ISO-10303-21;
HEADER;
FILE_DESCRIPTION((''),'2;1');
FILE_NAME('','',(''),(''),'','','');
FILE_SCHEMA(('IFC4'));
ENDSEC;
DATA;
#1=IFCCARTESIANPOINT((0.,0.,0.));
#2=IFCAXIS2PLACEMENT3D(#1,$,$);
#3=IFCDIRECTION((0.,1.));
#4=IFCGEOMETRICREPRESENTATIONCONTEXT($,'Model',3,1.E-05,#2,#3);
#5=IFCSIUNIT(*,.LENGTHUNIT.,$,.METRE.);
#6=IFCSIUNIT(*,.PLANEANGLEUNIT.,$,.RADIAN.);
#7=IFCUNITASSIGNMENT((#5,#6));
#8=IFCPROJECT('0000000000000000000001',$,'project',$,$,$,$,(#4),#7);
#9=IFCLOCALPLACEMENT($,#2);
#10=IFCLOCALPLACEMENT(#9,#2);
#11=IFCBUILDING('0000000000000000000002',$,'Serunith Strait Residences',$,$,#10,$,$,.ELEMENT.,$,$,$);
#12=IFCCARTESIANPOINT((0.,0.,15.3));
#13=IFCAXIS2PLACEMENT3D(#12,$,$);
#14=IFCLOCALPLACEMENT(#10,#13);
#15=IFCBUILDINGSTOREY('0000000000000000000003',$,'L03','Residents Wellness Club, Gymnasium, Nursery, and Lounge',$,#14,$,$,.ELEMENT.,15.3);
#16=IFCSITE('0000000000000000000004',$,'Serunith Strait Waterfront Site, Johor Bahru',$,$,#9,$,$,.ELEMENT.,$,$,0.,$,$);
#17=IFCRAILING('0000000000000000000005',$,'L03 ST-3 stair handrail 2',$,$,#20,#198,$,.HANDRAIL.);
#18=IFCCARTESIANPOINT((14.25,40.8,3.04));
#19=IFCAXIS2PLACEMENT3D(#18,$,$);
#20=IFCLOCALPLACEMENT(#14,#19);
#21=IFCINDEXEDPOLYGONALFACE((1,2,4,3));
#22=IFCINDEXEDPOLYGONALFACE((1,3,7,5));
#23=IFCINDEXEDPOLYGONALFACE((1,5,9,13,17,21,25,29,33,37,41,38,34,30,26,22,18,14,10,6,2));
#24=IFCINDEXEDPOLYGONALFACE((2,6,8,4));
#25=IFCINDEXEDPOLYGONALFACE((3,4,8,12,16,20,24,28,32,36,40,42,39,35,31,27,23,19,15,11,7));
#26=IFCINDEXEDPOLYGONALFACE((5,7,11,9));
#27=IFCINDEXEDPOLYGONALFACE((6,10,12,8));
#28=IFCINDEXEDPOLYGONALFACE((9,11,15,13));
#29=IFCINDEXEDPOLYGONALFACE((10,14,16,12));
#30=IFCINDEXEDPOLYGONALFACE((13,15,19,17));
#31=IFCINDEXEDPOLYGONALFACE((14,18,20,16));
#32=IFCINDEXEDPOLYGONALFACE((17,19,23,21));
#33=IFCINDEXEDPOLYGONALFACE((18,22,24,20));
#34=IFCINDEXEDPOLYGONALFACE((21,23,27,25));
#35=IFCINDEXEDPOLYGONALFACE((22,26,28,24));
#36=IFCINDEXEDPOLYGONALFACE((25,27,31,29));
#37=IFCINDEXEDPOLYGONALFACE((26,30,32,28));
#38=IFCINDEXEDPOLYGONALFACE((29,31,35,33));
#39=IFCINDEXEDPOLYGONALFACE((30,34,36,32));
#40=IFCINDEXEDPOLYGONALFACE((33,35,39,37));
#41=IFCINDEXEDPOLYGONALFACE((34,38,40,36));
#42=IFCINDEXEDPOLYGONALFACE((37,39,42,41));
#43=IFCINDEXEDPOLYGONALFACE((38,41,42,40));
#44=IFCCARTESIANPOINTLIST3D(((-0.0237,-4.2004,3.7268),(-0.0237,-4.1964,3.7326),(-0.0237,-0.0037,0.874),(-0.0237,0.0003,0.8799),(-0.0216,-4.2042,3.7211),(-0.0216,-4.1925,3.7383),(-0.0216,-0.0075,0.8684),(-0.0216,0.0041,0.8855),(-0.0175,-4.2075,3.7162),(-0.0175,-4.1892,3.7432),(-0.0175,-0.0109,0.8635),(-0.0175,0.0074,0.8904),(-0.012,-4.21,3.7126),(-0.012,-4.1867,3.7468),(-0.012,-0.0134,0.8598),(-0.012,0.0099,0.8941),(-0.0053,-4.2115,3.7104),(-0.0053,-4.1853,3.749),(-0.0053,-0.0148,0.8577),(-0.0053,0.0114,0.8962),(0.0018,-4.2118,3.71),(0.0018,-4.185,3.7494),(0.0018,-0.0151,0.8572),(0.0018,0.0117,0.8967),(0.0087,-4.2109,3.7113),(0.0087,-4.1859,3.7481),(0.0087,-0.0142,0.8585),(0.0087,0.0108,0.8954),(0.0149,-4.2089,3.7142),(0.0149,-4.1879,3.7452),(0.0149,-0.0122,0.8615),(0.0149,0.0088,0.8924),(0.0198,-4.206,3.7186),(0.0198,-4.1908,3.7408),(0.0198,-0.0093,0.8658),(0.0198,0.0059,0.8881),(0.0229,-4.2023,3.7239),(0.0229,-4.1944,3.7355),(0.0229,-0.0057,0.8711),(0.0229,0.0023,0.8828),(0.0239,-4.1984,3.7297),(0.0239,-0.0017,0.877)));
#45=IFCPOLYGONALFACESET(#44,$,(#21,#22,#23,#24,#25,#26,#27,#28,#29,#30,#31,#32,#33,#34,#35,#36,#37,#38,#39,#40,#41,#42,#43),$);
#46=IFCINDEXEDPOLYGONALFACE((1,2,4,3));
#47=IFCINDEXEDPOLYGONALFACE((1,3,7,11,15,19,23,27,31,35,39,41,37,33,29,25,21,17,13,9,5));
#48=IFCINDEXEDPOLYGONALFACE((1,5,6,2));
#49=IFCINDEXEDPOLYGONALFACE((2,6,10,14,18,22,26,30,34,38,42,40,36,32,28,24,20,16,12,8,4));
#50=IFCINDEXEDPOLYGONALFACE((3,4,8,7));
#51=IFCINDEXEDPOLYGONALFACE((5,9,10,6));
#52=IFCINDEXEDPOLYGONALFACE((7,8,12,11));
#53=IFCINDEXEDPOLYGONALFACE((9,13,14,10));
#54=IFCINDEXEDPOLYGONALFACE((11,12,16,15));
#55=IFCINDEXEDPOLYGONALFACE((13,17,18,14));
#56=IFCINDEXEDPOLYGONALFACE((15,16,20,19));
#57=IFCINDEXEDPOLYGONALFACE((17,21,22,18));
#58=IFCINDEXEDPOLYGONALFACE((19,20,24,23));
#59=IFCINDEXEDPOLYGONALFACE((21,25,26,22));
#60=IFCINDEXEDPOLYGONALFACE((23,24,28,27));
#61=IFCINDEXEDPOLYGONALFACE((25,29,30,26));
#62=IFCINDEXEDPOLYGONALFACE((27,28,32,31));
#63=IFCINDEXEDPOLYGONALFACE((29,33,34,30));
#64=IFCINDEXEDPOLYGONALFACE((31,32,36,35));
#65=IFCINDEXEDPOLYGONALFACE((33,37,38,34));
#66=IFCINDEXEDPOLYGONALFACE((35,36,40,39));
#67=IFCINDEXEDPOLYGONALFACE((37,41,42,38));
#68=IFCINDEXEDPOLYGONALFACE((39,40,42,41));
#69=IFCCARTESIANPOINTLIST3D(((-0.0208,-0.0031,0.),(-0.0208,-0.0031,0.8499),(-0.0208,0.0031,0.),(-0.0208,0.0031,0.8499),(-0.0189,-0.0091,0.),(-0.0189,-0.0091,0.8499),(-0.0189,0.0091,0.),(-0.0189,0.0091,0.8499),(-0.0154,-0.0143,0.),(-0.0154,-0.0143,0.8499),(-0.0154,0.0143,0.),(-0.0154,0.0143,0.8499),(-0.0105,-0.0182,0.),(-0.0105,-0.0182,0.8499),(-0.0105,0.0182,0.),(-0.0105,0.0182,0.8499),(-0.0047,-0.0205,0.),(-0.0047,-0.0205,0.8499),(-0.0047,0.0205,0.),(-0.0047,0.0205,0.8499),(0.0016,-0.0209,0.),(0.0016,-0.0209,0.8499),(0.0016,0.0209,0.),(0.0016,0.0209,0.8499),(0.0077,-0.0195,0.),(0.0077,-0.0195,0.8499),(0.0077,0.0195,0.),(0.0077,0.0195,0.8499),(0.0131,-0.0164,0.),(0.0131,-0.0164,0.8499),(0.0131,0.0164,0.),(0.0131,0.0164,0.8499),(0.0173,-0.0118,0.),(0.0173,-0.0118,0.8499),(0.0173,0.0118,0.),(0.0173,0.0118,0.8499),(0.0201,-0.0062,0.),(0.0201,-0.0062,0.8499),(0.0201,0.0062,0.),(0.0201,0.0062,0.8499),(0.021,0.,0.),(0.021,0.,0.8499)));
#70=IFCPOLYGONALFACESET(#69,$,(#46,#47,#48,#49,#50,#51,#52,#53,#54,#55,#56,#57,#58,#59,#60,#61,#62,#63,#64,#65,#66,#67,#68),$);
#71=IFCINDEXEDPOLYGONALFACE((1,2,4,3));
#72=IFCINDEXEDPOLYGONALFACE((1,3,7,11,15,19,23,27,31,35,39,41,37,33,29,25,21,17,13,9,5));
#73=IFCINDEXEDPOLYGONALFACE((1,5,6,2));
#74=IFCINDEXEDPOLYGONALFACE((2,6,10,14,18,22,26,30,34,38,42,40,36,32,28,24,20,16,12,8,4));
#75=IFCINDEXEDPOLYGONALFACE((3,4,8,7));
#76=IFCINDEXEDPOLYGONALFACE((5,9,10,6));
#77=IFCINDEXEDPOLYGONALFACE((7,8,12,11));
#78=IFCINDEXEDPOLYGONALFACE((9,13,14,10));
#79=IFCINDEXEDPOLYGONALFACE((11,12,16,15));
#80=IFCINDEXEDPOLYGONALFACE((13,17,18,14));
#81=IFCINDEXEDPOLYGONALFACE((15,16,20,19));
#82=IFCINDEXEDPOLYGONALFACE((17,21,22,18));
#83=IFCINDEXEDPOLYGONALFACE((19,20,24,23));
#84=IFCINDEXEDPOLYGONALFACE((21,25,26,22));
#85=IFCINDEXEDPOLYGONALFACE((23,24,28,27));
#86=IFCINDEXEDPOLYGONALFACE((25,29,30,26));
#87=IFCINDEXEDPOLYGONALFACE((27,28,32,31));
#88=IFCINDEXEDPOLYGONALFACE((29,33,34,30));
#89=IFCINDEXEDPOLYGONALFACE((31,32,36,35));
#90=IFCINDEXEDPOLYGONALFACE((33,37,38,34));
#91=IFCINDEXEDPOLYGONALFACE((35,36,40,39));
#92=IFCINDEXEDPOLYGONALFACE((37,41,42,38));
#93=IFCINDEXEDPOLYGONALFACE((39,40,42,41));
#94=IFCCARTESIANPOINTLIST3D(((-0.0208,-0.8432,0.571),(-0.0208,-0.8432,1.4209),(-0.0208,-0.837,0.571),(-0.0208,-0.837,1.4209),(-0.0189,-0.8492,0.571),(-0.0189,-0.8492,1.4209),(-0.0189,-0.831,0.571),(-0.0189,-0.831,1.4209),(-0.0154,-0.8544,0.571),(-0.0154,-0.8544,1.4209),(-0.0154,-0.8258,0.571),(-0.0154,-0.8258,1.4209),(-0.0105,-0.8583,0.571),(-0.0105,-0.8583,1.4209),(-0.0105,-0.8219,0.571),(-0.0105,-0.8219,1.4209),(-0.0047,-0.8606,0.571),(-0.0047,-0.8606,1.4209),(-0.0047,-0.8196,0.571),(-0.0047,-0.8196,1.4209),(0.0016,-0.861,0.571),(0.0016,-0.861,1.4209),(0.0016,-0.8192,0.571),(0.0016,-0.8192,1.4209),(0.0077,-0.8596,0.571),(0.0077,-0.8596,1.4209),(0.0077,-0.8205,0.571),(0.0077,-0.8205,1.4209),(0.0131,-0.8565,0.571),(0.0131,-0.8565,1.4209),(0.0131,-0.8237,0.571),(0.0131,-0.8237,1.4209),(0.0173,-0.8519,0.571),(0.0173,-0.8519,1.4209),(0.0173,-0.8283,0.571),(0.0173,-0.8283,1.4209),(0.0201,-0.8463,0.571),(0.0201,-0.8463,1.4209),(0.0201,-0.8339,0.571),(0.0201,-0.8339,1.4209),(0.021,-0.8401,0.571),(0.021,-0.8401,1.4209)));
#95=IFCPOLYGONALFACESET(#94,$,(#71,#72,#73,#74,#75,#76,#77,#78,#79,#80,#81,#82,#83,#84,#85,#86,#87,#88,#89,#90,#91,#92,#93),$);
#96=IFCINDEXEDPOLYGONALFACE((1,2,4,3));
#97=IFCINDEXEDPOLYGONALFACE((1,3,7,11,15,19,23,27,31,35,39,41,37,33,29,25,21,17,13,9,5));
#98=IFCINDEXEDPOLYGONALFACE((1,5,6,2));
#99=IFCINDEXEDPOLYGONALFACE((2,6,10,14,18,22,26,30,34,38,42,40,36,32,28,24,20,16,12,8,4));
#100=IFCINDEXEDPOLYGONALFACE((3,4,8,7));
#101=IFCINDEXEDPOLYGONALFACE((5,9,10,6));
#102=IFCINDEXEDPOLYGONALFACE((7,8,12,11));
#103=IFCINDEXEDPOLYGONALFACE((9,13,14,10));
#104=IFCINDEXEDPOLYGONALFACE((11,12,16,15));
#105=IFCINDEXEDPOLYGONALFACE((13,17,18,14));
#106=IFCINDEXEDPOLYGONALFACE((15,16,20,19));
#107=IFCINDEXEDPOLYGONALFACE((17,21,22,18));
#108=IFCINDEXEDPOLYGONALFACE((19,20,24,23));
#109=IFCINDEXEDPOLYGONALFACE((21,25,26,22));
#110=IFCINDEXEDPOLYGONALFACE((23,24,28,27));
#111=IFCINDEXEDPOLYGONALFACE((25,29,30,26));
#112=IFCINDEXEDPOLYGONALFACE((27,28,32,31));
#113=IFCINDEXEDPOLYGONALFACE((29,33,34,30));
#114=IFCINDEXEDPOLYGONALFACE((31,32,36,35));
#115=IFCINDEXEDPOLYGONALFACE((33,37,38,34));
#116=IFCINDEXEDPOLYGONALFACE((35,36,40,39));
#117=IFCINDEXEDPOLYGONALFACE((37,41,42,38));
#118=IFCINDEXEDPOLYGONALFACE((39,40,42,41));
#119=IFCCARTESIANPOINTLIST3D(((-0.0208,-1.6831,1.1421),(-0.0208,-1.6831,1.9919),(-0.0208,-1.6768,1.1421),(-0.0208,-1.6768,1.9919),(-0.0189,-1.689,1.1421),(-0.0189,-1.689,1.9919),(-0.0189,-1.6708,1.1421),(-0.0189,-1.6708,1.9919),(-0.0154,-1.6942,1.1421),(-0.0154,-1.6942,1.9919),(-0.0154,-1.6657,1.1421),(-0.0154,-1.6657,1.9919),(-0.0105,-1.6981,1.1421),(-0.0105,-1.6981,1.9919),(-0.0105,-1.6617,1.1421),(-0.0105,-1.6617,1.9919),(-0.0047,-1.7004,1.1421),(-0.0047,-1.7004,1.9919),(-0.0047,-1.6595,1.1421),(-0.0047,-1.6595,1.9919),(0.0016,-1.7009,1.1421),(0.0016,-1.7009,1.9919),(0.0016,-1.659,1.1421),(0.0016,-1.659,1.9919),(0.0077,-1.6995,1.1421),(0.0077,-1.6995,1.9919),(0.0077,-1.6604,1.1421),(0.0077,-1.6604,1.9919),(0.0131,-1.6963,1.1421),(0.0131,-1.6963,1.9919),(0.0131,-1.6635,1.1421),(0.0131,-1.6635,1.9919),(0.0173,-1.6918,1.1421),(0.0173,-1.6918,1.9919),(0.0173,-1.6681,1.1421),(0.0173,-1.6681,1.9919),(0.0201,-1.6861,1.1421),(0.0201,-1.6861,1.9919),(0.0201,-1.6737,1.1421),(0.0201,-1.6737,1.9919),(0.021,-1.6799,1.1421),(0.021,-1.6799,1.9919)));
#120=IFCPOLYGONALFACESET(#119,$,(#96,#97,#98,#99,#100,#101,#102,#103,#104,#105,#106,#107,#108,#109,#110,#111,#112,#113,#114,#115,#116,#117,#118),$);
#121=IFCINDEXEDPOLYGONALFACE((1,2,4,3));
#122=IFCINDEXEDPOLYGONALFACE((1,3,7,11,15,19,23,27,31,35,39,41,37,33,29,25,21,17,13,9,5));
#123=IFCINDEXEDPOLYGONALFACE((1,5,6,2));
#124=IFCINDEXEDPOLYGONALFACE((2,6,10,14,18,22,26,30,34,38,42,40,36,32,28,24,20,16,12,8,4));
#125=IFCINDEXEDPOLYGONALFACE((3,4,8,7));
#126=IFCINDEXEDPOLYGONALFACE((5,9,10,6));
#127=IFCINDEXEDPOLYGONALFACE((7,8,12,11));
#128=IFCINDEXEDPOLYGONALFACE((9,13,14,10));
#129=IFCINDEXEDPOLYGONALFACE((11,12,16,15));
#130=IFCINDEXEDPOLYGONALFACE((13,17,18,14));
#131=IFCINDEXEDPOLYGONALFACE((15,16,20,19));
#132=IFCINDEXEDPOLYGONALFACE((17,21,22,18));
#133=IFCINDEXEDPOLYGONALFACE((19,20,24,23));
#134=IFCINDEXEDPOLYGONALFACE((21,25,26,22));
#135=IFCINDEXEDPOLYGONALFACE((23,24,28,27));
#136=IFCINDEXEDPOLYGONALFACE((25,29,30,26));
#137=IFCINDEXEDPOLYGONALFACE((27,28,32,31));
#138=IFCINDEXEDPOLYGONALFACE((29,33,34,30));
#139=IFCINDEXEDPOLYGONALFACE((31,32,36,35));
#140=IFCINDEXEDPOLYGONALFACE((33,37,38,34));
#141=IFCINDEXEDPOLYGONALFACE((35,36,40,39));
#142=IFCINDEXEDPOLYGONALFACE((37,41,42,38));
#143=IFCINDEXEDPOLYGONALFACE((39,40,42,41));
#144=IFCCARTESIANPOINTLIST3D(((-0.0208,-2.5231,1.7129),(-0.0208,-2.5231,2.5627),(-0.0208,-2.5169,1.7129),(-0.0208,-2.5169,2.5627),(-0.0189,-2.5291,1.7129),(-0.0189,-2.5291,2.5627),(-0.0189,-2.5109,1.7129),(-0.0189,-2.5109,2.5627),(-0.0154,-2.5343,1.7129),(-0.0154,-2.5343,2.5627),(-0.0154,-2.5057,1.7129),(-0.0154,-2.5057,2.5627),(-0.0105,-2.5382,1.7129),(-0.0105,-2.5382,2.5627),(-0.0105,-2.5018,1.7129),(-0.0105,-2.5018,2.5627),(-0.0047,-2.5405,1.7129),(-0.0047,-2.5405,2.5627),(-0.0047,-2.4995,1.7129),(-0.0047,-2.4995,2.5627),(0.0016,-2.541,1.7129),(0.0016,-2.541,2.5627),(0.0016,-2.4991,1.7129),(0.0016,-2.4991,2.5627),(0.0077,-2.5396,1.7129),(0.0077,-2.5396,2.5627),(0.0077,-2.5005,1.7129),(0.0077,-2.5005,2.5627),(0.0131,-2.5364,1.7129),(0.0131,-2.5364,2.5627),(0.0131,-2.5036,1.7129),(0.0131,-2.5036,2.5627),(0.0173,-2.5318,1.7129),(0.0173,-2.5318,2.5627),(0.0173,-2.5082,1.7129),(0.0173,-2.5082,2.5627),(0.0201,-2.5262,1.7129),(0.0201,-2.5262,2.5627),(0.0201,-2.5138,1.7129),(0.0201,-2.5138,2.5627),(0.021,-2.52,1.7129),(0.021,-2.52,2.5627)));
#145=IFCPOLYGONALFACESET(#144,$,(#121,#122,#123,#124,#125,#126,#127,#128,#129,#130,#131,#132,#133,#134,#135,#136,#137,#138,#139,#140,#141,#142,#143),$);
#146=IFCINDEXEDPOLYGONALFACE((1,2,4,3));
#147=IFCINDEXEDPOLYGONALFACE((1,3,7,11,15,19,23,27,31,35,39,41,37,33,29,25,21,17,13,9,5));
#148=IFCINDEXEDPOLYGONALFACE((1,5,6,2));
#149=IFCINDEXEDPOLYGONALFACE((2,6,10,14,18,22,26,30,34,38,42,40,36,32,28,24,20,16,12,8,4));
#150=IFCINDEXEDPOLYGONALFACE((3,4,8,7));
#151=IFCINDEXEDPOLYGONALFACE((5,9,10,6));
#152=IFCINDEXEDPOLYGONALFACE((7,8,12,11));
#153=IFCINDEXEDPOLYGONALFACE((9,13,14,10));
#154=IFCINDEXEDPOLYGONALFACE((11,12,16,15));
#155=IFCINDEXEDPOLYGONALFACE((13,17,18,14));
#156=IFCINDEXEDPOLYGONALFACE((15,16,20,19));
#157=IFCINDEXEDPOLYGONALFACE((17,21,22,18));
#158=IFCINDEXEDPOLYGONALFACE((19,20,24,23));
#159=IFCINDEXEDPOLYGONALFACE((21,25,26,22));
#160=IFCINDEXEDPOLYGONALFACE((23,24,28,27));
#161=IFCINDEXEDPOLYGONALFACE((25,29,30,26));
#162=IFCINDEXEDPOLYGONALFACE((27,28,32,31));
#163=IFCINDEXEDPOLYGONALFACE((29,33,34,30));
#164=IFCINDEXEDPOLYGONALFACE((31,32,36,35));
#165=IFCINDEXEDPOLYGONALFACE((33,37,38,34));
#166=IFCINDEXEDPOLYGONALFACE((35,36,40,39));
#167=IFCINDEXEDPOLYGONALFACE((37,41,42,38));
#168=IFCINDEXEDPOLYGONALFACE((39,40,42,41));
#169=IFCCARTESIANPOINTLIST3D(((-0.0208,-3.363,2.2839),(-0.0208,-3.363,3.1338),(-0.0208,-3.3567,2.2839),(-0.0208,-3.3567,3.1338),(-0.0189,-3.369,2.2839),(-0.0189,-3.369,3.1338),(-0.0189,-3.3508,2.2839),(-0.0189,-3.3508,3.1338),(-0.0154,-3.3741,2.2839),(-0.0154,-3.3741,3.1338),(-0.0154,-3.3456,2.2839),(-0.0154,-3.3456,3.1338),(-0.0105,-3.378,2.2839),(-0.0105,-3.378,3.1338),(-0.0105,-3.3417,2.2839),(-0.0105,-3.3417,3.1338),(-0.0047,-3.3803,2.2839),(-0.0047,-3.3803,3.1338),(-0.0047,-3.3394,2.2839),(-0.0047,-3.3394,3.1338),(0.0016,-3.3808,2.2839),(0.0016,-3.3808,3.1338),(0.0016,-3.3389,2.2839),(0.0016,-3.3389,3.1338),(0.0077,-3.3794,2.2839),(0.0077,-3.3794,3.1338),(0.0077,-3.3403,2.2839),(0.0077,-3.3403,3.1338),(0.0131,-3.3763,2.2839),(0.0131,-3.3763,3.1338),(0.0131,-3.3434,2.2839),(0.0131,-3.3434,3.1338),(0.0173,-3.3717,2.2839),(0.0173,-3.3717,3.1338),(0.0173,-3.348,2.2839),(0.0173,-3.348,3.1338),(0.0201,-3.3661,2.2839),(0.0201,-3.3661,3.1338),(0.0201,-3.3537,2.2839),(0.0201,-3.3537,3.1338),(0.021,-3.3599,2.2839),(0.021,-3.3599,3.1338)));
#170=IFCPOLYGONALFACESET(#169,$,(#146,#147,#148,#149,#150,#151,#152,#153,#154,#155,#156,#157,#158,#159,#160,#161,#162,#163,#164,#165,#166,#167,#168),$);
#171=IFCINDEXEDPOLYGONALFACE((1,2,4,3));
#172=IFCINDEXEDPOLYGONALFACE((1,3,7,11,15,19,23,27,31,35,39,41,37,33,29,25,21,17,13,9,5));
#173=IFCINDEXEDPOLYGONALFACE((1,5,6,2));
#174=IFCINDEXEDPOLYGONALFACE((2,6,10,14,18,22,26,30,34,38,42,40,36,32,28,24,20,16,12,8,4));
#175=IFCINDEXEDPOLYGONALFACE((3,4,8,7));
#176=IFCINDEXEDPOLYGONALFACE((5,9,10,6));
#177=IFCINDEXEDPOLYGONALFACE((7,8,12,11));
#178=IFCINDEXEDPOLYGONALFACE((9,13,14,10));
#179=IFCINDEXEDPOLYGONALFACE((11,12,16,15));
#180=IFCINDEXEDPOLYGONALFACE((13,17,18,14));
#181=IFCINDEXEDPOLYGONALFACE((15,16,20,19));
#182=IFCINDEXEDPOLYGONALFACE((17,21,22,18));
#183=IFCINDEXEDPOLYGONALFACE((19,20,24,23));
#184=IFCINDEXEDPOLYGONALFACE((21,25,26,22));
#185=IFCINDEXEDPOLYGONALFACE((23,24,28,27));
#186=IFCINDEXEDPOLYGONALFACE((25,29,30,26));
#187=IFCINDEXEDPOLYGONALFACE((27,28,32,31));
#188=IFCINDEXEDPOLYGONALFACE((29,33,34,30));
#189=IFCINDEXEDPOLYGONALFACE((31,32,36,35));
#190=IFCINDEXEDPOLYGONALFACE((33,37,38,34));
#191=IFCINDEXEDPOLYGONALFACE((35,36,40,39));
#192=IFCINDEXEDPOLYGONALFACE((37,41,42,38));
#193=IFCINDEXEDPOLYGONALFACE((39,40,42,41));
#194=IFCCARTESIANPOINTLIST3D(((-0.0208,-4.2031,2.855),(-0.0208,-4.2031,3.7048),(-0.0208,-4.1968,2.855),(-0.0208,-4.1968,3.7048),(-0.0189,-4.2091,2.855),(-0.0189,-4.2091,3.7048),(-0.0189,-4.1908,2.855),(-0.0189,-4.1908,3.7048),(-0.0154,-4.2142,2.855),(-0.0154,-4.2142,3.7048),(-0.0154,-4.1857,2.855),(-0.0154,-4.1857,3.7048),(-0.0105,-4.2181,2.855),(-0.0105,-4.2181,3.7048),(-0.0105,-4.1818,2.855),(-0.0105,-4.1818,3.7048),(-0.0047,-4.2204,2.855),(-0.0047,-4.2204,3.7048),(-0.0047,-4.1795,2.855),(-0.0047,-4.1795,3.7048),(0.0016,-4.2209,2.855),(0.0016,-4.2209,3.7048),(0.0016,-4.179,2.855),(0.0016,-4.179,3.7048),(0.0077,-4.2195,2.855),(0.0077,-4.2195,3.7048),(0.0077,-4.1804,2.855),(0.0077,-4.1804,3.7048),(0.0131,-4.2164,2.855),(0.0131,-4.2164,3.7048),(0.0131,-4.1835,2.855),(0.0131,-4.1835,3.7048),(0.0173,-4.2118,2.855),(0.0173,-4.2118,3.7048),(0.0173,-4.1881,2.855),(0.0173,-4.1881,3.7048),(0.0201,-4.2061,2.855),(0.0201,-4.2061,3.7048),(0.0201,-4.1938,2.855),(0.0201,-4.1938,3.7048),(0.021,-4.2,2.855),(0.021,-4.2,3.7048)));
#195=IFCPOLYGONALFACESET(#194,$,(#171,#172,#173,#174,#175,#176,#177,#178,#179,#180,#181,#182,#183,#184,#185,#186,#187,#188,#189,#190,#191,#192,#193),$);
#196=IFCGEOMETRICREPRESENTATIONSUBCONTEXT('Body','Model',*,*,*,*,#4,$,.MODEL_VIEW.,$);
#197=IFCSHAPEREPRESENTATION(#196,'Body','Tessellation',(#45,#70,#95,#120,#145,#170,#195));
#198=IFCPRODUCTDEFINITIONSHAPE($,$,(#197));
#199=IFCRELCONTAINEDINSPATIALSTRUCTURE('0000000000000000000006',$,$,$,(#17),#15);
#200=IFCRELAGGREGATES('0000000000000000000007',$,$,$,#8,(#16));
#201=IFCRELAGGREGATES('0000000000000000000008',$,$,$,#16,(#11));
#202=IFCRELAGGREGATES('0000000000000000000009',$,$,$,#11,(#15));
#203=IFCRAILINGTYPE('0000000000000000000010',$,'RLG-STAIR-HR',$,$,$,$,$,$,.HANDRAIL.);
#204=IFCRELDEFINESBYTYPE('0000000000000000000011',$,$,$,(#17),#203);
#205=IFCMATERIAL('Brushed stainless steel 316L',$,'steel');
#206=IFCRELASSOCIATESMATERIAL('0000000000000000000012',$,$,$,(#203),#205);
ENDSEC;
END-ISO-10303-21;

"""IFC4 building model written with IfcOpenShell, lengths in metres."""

from ifc_helpers import new_model, si_unit, direction, frame, origin, origin_2d, place, context, subcontext, project, spatial, circle, extrude, material, type_object, element, save


model = new_model("IFC4")

# Units and contexts
model_context = context("Model", 3, precision=1e-05, world=origin(), true_north=direction((0.0, 1.0)))
body_context = subcontext(model_context, "Body", "Model", "MODEL_VIEW")
ifc_project = project(units=[si_unit("LENGTHUNIT", "METRE"), si_unit("PLANEANGLEUNIT", "RADIAN")], contexts=[model_context])

# Site, building, storey
site_placement = place(None, origin())
site = spatial("IfcSite", under=ifc_project, at=site_placement, Name="Serunith Strait Waterfront Site, Johor Bahru", CompositionType="ELEMENT", RefElevation=0.0)
building_placement = place(site_placement, origin())
building = spatial("IfcBuilding", under=site, at=building_placement, Name="Serunith Strait Residences", CompositionType="ELEMENT")
storey_placement = place(building_placement, frame((0.0, 0.0, 15.3)))
storey = spatial("IfcBuildingStorey", under=building, at=storey_placement, Name="L03", Description="Residents Wellness Club, Gymnasium, Nursery, and Lounge", CompositionType="ELEMENT", Elevation=15.3)

# Railing
ifc_material_1 = material(Name="Brushed stainless steel 316L", Category="steel")
railing_type_1 = type_object("IfcRailingType", Name="RLG-STAIR-HR", PredefinedType="HANDRAIL", material=ifc_material_1)
railing_1_placement = place(storey_placement, frame((14.25, 40.8, 3.04)))
element("IfcRailing", 1, at=railing_1_placement, inside=storey, type_object=railing_type_1, Name="L03 ST-3 stair handrail 2", PredefinedType="HANDRAIL", context=body_context, shape_type="SweptSolid", body=[
    extrude(circle(Radius=0.0239, at=origin_2d()), frame((0.0, -0.0017, 0.877), z_axis=(0.0, -0.827017, 0.562177), x_axis=(1.0, 0.0, 0.0)), (0.0, 0.0, 1.0), 5.0745),
    extrude(circle(Radius=0.021, at=origin_2d()), origin(), (0.0, 0.0, 1.0), 0.8499),
    extrude(circle(Radius=0.021, at=origin_2d()), frame((0.0, -0.8401, 0.571)), (0.0, 0.0, 1.0), 0.8499),
    extrude(circle(Radius=0.021, at=origin_2d()), frame((0.0, -1.6799, 1.1421)), (0.0, 0.0, 1.0), 0.8499),
    extrude(circle(Radius=0.021, at=origin_2d()), frame((0.0, -2.52, 1.7129)), (0.0, 0.0, 1.0), 0.8499),
    extrude(circle(Radius=0.021, at=origin_2d()), frame((0.0, -3.3599, 2.2839)), (0.0, 0.0, 1.0), 0.8499),
    extrude(circle(Radius=0.021, at=origin_2d()), frame((0.0, -4.2, 2.855)), (0.0, 0.0, 1.0), 0.8499),
])

save(model, "model.ifc")
